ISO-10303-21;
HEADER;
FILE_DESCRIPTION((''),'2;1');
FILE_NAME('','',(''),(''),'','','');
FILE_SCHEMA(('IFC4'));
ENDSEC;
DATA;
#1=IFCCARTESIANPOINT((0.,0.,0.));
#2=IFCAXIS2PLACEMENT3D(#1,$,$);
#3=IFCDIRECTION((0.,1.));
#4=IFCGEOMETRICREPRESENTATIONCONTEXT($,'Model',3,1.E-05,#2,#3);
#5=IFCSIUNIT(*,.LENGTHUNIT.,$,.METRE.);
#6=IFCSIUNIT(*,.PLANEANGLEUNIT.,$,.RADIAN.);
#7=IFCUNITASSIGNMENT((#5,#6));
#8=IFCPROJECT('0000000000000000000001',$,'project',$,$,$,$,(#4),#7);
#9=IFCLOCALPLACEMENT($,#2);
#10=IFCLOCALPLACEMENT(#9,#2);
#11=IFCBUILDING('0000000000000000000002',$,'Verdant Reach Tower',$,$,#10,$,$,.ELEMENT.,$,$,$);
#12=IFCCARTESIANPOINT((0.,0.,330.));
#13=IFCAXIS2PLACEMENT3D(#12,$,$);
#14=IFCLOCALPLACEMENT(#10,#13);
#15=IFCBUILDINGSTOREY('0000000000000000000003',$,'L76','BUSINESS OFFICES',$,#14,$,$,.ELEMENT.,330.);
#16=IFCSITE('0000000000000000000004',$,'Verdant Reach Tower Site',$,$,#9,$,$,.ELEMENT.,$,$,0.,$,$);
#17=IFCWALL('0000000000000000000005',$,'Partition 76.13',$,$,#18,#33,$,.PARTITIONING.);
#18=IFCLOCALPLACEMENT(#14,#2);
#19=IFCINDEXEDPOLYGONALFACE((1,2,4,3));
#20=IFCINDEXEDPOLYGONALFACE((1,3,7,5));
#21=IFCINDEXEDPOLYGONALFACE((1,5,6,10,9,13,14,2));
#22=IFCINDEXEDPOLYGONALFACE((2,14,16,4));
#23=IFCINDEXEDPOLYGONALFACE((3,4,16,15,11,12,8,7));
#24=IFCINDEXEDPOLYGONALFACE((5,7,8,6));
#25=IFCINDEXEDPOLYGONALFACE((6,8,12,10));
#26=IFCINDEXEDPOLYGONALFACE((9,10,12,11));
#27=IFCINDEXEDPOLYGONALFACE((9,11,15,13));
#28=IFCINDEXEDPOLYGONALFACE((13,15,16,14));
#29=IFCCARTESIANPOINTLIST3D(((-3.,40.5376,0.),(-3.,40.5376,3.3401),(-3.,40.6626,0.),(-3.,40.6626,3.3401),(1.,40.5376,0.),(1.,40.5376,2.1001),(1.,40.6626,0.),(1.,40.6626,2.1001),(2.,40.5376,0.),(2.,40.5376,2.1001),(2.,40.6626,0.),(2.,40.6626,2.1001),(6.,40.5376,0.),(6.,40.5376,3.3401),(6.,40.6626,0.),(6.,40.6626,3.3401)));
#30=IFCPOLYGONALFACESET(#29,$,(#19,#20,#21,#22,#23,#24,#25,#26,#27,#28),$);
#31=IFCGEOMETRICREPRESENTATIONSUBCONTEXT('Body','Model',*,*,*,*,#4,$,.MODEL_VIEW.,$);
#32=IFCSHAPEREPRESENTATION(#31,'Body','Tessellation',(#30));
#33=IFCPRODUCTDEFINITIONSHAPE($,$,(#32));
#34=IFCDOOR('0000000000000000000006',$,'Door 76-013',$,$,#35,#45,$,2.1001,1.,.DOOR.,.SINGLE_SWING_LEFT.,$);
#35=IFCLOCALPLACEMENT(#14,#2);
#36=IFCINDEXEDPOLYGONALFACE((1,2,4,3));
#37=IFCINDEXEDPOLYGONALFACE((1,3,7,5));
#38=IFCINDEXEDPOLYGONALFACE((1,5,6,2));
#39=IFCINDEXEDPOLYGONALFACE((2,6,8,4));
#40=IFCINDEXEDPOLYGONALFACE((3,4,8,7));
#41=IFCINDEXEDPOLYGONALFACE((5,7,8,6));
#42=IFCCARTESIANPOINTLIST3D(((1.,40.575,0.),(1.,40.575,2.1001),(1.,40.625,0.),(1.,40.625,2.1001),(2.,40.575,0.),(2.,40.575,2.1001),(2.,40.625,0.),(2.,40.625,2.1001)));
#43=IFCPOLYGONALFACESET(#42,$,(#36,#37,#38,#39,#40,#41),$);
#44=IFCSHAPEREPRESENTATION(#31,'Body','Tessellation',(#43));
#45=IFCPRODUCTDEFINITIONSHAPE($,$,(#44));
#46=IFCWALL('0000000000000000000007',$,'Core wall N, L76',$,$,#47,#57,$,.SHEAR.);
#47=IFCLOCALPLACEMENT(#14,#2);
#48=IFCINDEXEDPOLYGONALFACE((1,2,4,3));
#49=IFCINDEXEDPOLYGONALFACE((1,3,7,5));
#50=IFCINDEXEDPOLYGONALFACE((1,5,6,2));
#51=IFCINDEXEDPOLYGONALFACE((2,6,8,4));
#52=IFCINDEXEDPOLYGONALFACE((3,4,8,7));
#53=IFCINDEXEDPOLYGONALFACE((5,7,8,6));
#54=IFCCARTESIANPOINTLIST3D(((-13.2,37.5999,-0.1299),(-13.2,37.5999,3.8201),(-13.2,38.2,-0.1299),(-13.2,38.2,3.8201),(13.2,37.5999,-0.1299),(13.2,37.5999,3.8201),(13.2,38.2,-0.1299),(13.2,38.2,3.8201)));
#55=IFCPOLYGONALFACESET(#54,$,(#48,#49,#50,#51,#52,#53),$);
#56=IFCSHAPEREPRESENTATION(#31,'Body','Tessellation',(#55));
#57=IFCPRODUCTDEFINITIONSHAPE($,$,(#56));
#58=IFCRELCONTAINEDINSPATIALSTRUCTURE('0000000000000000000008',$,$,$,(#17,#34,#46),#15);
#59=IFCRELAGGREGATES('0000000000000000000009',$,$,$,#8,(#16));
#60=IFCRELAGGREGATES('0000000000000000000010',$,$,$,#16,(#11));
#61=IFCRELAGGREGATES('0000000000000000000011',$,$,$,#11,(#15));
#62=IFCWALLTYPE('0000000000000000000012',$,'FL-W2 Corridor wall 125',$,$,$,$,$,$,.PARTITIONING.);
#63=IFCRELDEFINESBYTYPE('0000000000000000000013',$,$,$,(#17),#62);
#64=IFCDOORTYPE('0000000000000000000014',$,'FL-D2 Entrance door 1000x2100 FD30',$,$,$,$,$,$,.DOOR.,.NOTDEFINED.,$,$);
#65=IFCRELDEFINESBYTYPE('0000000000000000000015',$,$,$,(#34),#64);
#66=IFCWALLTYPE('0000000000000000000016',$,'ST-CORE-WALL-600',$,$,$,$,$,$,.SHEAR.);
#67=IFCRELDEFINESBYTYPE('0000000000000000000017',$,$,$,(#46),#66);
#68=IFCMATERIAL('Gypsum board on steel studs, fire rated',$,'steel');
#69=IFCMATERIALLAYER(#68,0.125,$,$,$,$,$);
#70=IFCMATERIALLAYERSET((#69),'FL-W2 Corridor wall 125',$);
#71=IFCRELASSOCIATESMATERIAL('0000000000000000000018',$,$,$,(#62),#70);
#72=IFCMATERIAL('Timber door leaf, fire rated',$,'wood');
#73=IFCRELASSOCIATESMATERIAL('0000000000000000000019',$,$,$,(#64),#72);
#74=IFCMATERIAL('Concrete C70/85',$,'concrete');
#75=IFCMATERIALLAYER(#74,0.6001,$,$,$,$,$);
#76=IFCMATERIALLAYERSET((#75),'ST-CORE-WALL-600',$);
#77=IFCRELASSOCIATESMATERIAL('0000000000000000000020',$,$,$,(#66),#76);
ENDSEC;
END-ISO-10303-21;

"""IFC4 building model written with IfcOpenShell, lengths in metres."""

from ifc_helpers import new_model, si_unit, direction, frame, frame_2d, origin, place, context, subcontext, project, spatial, rectangle, extrude, material, layer, layer_set, type_object, element, fill, save


model = new_model("IFC4")

# Units and contexts
model_context = context("Model", 3, precision=1e-05, world=origin(), true_north=direction((0.0, 1.0)))
body_context = subcontext(model_context, "Body", "Model", "MODEL_VIEW")
ifc_project = project(units=[si_unit("LENGTHUNIT", "METRE"), si_unit("PLANEANGLEUNIT", "RADIAN")], contexts=[model_context])

# Site, building, storey
site_placement = place(None, origin())
site = spatial("IfcSite", under=ifc_project, at=site_placement, Name="Verdant Reach Tower Site", CompositionType="ELEMENT", RefElevation=0.0)
building_placement = place(site_placement, origin())
building = spatial("IfcBuilding", under=site, at=building_placement, Name="Verdant Reach Tower", CompositionType="ELEMENT")
storey_placement = place(building_placement, frame((0.0, 0.0, 330.0)))
storey = spatial("IfcBuildingStorey", under=building, at=storey_placement, Name="L76", Description="BUSINESS OFFICES", CompositionType="ELEMENT", Elevation=330.0)

# Wall, opening, door
ifc_material_1 = material(Name="Gypsum board on steel studs, fire rated", Category="steel")
ifc_layer_1 = layer(ifc_material_1, 0.125)
ifc_layer_set_1 = layer_set([ifc_layer_1], Name="FL-W2 Corridor wall 125")
wall_type_1 = type_object("IfcWallType", Name="FL-W2 Corridor wall 125", PredefinedType="PARTITIONING", material=ifc_layer_set_1)
ifc_material_2 = material(Name="Timber door leaf, fire rated", Category="wood")
door_type_1 = type_object("IfcDoorType", Name="FL-D2 Entrance door 1000x2100 FD30", OperationType="NOTDEFINED", PredefinedType="DOOR", material=ifc_material_2)
wall_1_placement = place(storey_placement, frame((-3.0, 40.6001, 0.0), z_axis=(0.0, 0.0, 1.0), x_axis=(1.0, 0.0, 0.0)))
wall_1 = element("IfcWall", 1, at=wall_1_placement, inside=storey, type_object=wall_type_1, Name="Partition 76.13", PredefinedType="PARTITIONING", context=body_context, shape_type="SweptSolid", body=[
    extrude(rectangle(XDim=9.0, YDim=0.125, at=frame_2d((4.5, 0.0))), origin(), (0.0, 0.0, 1.0), 3.3401),
])
opening_1_placement = place(wall_1_placement, frame((4.0, 0.0, 0.0)))
opening_1 = element("IfcOpeningElement", 2, at=opening_1_placement, cuts=wall_1, PredefinedType="OPENING", context=body_context, shape_type="SweptSolid", body=[
    extrude(rectangle(XDim=1.0, YDim=2.1001, at=frame_2d((0.5, 1.05))), frame((0.0, 0.0725, 0.0), z_axis=(0.0, -1.0, 0.0), x_axis=(1.0, 0.0, 0.0)), (0.0, 0.0, 1.0), 0.145),
])
door_1_placement = place(opening_1_placement, origin())
door_1 = element("IfcDoor", 3, at=door_1_placement, inside=storey, type_object=door_type_1, Name="Door 76-013", OperationType="SINGLE_SWING_LEFT", OverallHeight=2.1001, OverallWidth=1.0, PredefinedType="DOOR", context=body_context, shape_type="SweptSolid", body=[
    extrude(rectangle(XDim=1.0, YDim=2.1001, at=frame_2d((0.5, 1.05))), frame((0.0, 0.0249, 0.0), z_axis=(0.0, -1.0, 0.0), x_axis=(1.0, 0.0, 0.0)), (0.0, 0.0, 1.0), 0.05),
])
fill(opening_1, door_1)

# Wall
ifc_material_3 = material(Name="Concrete C70/85", Category="concrete")
ifc_layer_2 = layer(ifc_material_3, 0.6001)
ifc_layer_set_2 = layer_set([ifc_layer_2], Name="ST-CORE-WALL-600")
wall_type_2 = type_object("IfcWallType", Name="ST-CORE-WALL-600", PredefinedType="SHEAR", material=ifc_layer_set_2)
wall_2_placement = place(storey_placement, frame((-13.2, 37.8999, -0.1299), z_axis=(0.0, 0.0, 1.0), x_axis=(1.0, 0.0, 0.0)))
element("IfcWall", 4, at=wall_2_placement, inside=storey, type_object=wall_type_2, Name="Core wall N, L76", PredefinedType="SHEAR", context=body_context, shape_type="SweptSolid", body=[
    extrude(rectangle(XDim=26.3999, YDim=0.6001, at=frame_2d((13.2, 0.0))), origin(), (0.0, 0.0, 1.0), 3.95),
])

save(model, "model.ifc")
